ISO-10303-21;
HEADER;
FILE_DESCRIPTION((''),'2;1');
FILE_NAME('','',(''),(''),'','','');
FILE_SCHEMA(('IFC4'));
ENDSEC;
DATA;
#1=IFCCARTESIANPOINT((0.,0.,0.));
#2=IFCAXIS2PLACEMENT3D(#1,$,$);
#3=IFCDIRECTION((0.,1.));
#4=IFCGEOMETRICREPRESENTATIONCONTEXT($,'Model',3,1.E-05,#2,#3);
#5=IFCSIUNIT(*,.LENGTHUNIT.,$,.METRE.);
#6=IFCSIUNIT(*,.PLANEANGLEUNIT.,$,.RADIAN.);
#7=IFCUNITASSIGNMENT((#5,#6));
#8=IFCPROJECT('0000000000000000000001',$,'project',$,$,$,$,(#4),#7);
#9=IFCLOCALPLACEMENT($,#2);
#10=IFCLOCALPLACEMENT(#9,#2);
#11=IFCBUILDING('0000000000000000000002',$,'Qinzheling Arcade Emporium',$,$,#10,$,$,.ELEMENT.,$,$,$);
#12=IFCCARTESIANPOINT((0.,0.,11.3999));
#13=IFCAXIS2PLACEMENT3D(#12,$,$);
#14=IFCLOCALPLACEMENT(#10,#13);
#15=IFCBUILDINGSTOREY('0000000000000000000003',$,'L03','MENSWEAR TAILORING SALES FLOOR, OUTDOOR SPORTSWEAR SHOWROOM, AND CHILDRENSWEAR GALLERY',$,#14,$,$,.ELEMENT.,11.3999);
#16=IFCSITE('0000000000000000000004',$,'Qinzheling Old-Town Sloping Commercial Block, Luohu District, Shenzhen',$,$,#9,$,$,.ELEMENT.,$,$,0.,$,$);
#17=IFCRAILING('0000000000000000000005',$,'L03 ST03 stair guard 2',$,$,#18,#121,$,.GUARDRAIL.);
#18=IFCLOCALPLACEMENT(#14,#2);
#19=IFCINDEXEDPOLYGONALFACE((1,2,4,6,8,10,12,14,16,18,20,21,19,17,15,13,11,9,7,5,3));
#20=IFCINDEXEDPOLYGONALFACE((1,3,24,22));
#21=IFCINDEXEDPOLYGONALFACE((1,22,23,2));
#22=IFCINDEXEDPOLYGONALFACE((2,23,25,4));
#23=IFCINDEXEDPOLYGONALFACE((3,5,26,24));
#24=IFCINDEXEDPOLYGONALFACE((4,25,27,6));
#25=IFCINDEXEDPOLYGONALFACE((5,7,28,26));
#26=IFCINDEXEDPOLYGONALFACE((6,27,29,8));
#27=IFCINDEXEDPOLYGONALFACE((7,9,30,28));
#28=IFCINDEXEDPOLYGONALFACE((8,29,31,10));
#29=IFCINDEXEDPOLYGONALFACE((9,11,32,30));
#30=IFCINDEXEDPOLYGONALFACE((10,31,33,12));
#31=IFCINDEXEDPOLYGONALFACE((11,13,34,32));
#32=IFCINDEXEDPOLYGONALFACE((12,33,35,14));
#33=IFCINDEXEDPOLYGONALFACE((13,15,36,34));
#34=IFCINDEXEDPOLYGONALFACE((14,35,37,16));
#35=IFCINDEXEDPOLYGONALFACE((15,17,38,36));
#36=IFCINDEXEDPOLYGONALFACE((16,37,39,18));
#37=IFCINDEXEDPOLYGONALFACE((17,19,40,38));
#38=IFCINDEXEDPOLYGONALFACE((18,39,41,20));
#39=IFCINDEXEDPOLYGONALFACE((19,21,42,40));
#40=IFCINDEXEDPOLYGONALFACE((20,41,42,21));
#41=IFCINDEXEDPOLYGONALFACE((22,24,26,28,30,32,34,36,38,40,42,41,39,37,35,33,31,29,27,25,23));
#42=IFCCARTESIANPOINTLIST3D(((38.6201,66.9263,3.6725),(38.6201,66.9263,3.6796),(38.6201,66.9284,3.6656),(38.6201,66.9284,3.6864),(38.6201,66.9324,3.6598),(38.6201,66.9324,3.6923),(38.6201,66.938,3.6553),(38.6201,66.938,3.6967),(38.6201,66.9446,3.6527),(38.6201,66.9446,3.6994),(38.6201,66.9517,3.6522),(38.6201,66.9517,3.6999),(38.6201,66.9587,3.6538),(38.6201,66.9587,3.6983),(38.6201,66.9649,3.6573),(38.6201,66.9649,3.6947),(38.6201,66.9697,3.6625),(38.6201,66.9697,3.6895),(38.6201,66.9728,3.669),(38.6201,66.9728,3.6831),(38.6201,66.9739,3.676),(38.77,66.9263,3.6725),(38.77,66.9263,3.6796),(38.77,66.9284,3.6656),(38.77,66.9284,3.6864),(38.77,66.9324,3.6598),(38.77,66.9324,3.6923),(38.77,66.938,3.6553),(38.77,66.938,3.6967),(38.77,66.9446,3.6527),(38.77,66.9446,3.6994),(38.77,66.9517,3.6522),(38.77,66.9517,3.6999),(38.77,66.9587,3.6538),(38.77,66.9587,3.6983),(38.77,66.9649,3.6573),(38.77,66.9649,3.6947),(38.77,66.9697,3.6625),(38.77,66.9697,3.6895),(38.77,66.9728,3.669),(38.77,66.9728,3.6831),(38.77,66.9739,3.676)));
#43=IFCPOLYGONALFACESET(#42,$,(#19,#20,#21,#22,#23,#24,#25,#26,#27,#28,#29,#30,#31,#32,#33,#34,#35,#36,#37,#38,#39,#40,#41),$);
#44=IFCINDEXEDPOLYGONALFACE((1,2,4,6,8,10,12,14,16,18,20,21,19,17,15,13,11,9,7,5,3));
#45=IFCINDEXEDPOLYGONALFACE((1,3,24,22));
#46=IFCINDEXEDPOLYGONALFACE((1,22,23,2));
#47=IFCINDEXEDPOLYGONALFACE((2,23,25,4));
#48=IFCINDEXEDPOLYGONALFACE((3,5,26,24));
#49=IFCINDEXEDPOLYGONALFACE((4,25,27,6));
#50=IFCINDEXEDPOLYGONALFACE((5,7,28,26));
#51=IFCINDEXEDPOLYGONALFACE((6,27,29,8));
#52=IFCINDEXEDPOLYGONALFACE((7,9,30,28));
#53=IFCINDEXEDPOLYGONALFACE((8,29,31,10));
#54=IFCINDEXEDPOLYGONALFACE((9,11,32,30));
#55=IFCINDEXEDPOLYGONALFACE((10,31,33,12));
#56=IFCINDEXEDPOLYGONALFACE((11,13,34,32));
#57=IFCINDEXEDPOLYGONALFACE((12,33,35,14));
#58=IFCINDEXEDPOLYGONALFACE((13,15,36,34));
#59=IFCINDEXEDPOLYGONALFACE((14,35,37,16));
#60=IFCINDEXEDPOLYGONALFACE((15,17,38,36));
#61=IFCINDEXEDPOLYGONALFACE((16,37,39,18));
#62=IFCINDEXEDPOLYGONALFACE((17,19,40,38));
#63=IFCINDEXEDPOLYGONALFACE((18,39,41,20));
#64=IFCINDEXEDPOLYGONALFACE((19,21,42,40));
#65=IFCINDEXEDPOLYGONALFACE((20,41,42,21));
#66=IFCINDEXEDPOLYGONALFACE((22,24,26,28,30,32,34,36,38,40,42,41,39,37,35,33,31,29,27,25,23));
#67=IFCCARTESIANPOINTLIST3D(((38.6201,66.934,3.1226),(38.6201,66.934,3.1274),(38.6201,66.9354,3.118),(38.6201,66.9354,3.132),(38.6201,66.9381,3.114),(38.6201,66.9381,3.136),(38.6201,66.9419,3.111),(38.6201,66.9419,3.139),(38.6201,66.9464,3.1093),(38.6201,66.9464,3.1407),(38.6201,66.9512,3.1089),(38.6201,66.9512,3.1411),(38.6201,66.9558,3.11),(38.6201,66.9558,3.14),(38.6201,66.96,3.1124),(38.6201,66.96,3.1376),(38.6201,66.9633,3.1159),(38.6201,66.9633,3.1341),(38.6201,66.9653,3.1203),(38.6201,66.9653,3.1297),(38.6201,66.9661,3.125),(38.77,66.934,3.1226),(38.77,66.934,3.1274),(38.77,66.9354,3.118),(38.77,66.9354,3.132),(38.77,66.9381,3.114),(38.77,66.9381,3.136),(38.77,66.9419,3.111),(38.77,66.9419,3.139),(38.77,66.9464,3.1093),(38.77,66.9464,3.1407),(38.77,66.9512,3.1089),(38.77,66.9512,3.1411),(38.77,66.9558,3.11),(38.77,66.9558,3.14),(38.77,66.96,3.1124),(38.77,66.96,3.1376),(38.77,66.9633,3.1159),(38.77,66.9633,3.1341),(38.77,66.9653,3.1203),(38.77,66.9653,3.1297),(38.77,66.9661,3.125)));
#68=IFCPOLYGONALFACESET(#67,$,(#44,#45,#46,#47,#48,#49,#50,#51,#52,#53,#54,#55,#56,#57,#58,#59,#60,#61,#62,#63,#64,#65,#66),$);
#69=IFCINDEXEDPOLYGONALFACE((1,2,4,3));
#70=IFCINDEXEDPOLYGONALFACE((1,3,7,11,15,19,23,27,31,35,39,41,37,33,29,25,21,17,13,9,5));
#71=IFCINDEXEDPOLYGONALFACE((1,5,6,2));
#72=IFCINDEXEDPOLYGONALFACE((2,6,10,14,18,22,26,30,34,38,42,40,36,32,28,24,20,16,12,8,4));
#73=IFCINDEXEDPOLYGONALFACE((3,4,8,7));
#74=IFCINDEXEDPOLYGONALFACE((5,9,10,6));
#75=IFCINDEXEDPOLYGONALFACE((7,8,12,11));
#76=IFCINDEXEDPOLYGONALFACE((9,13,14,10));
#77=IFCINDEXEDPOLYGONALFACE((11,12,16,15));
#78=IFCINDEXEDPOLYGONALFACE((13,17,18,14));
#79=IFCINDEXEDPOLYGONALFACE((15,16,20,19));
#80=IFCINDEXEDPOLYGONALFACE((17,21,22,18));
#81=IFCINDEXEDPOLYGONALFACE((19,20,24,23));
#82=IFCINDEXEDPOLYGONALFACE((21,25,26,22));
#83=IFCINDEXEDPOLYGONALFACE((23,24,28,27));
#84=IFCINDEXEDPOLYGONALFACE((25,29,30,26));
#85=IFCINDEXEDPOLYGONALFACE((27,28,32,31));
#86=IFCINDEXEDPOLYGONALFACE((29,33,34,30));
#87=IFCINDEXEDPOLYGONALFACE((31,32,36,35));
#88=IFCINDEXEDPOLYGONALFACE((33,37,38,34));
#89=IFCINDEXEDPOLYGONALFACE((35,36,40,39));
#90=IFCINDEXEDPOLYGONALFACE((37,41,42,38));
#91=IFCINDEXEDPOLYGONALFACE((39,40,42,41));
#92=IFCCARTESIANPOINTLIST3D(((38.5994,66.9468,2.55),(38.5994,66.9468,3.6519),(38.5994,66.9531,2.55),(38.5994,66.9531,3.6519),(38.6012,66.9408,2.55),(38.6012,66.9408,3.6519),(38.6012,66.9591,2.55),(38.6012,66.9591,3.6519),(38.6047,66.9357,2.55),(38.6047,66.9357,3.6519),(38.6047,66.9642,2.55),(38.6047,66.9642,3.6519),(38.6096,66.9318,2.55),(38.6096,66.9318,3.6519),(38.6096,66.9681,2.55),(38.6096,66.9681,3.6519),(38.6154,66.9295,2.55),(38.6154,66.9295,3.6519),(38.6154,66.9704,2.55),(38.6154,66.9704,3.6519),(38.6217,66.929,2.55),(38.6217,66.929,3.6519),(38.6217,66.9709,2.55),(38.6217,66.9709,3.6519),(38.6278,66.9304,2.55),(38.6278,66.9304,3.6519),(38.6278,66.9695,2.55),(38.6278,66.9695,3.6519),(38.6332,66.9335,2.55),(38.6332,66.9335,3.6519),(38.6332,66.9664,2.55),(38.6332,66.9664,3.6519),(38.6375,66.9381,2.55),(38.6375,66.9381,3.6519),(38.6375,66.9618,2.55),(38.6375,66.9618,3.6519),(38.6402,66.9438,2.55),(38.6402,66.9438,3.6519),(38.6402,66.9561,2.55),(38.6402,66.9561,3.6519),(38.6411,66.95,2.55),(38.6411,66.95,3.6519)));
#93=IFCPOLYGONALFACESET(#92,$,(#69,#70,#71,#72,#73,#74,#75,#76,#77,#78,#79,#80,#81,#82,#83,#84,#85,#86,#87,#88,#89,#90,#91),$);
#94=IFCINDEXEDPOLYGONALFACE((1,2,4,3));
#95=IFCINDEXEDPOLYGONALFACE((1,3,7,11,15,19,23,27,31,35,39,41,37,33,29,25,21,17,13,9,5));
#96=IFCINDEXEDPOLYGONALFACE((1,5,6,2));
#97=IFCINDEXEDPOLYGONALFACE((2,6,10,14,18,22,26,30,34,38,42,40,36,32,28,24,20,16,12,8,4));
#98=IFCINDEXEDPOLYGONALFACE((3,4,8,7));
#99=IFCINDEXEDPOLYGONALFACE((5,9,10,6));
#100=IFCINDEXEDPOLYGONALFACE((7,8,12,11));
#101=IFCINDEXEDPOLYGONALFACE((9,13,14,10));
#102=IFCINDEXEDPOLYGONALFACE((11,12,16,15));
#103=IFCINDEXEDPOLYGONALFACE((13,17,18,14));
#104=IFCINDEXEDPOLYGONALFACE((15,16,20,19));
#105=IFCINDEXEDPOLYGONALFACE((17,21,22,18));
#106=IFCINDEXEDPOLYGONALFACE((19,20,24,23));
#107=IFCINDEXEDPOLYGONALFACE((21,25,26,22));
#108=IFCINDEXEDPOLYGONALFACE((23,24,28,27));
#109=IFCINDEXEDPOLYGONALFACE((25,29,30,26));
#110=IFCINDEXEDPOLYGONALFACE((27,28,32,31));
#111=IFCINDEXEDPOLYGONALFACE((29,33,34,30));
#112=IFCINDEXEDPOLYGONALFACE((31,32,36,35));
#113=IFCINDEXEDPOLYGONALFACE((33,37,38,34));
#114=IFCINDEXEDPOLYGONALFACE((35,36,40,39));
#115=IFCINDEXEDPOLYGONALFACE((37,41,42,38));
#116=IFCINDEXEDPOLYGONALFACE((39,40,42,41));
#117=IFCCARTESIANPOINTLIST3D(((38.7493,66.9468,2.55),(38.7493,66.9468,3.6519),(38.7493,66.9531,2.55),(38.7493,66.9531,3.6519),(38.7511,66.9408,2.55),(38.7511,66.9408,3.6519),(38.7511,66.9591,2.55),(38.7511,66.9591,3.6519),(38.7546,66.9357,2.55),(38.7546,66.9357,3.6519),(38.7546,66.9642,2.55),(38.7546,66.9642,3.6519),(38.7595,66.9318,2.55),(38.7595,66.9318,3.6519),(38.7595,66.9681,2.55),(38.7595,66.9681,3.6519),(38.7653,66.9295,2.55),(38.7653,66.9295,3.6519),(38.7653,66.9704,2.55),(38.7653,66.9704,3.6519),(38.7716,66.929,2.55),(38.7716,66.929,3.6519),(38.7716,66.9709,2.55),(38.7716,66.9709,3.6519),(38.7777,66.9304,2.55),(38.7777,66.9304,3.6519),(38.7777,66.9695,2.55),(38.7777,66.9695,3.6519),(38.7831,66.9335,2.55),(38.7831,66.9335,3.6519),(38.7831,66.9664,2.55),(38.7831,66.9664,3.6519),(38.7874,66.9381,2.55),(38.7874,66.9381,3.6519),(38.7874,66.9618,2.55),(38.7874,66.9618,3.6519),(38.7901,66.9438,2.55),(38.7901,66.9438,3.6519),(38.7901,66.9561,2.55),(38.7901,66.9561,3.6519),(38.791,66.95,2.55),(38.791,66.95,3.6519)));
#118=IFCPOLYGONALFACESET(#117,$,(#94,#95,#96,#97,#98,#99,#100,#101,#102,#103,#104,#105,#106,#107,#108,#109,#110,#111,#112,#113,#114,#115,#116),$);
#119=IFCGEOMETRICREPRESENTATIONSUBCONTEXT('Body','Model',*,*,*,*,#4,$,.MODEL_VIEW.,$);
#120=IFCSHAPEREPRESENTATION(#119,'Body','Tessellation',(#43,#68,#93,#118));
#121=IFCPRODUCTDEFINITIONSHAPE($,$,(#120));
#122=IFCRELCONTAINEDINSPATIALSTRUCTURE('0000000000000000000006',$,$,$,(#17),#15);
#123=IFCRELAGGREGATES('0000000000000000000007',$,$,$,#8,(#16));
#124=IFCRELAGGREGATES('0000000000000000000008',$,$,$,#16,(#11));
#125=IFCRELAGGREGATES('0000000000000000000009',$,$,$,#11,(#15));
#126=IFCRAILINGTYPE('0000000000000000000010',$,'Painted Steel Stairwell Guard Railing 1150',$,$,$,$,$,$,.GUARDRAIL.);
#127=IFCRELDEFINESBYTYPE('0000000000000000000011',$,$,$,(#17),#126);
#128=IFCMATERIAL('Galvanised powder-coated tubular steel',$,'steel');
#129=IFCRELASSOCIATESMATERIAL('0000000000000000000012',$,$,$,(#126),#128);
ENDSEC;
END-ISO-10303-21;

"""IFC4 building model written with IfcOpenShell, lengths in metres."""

from ifc_helpers import new_model, si_unit, direction, frame, origin, origin_2d, place, context, subcontext, project, spatial, circle, extrude, material, type_object, element, save


model = new_model("IFC4")

# Units and contexts
model_context = context("Model", 3, precision=1e-05, world=origin(), true_north=direction((0.0, 1.0)))
body_context = subcontext(model_context, "Body", "Model", "MODEL_VIEW")
ifc_project = project(units=[si_unit("LENGTHUNIT", "METRE"), si_unit("PLANEANGLEUNIT", "RADIAN")], contexts=[model_context])

# Site, building, storey
site_placement = place(None, origin())
site = spatial("IfcSite", under=ifc_project, at=site_placement, Name="Qinzheling Old-Town Sloping Commercial Block, Luohu District, Shenzhen", CompositionType="ELEMENT", RefElevation=0.0)
building_placement = place(site_placement, origin())
building = spatial("IfcBuilding", under=site, at=building_placement, Name="Qinzheling Arcade Emporium", CompositionType="ELEMENT")
storey_placement = place(building_placement, frame((0.0, 0.0, 11.3999)))
storey = spatial("IfcBuildingStorey", under=building, at=storey_placement, Name="L03", Description="MENSWEAR TAILORING SALES FLOOR, OUTDOOR SPORTSWEAR SHOWROOM, AND CHILDRENSWEAR GALLERY", CompositionType="ELEMENT", Elevation=11.3999)

# Railing
ifc_material_1 = material(Name="Galvanised powder-coated tubular steel", Category="steel")
railing_type_1 = type_object("IfcRailingType", Name="Painted Steel Stairwell Guard Railing 1150", PredefinedType="GUARDRAIL", material=ifc_material_1)
railing_1_placement = place(storey_placement, frame((38.6201, 66.95, 2.55)))
element("IfcRailing", 1, at=railing_1_placement, inside=storey, type_object=railing_type_1, Name="L03 ST03 stair guard 2", PredefinedType="GUARDRAIL", context=body_context, shape_type="SweptSolid", body=[
    extrude(circle(Radius=0.0239, at=origin_2d()), frame((0.0, 0.0, 1.126), z_axis=(1.0, 0.0, 0.0), x_axis=(0.0, 1.0, 0.0)), (0.0, 0.0, 1.0), 0.1499),
    extrude(circle(Radius=0.0161, at=origin_2d()), frame((0.0, 0.0, 0.575), z_axis=(1.0, 0.0, 0.0), x_axis=(0.0, 1.0, 0.0)), (0.0, 0.0, 1.0), 0.1499),
    extrude(circle(Radius=0.021, at=origin_2d()), origin(), (0.0, 0.0, 1.0), 1.1018),
    extrude(circle(Radius=0.021, at=origin_2d()), frame((0.1499, 0.0, 0.0)), (0.0, 0.0, 1.0), 1.1018),
])

save(model, "model.ifc")
